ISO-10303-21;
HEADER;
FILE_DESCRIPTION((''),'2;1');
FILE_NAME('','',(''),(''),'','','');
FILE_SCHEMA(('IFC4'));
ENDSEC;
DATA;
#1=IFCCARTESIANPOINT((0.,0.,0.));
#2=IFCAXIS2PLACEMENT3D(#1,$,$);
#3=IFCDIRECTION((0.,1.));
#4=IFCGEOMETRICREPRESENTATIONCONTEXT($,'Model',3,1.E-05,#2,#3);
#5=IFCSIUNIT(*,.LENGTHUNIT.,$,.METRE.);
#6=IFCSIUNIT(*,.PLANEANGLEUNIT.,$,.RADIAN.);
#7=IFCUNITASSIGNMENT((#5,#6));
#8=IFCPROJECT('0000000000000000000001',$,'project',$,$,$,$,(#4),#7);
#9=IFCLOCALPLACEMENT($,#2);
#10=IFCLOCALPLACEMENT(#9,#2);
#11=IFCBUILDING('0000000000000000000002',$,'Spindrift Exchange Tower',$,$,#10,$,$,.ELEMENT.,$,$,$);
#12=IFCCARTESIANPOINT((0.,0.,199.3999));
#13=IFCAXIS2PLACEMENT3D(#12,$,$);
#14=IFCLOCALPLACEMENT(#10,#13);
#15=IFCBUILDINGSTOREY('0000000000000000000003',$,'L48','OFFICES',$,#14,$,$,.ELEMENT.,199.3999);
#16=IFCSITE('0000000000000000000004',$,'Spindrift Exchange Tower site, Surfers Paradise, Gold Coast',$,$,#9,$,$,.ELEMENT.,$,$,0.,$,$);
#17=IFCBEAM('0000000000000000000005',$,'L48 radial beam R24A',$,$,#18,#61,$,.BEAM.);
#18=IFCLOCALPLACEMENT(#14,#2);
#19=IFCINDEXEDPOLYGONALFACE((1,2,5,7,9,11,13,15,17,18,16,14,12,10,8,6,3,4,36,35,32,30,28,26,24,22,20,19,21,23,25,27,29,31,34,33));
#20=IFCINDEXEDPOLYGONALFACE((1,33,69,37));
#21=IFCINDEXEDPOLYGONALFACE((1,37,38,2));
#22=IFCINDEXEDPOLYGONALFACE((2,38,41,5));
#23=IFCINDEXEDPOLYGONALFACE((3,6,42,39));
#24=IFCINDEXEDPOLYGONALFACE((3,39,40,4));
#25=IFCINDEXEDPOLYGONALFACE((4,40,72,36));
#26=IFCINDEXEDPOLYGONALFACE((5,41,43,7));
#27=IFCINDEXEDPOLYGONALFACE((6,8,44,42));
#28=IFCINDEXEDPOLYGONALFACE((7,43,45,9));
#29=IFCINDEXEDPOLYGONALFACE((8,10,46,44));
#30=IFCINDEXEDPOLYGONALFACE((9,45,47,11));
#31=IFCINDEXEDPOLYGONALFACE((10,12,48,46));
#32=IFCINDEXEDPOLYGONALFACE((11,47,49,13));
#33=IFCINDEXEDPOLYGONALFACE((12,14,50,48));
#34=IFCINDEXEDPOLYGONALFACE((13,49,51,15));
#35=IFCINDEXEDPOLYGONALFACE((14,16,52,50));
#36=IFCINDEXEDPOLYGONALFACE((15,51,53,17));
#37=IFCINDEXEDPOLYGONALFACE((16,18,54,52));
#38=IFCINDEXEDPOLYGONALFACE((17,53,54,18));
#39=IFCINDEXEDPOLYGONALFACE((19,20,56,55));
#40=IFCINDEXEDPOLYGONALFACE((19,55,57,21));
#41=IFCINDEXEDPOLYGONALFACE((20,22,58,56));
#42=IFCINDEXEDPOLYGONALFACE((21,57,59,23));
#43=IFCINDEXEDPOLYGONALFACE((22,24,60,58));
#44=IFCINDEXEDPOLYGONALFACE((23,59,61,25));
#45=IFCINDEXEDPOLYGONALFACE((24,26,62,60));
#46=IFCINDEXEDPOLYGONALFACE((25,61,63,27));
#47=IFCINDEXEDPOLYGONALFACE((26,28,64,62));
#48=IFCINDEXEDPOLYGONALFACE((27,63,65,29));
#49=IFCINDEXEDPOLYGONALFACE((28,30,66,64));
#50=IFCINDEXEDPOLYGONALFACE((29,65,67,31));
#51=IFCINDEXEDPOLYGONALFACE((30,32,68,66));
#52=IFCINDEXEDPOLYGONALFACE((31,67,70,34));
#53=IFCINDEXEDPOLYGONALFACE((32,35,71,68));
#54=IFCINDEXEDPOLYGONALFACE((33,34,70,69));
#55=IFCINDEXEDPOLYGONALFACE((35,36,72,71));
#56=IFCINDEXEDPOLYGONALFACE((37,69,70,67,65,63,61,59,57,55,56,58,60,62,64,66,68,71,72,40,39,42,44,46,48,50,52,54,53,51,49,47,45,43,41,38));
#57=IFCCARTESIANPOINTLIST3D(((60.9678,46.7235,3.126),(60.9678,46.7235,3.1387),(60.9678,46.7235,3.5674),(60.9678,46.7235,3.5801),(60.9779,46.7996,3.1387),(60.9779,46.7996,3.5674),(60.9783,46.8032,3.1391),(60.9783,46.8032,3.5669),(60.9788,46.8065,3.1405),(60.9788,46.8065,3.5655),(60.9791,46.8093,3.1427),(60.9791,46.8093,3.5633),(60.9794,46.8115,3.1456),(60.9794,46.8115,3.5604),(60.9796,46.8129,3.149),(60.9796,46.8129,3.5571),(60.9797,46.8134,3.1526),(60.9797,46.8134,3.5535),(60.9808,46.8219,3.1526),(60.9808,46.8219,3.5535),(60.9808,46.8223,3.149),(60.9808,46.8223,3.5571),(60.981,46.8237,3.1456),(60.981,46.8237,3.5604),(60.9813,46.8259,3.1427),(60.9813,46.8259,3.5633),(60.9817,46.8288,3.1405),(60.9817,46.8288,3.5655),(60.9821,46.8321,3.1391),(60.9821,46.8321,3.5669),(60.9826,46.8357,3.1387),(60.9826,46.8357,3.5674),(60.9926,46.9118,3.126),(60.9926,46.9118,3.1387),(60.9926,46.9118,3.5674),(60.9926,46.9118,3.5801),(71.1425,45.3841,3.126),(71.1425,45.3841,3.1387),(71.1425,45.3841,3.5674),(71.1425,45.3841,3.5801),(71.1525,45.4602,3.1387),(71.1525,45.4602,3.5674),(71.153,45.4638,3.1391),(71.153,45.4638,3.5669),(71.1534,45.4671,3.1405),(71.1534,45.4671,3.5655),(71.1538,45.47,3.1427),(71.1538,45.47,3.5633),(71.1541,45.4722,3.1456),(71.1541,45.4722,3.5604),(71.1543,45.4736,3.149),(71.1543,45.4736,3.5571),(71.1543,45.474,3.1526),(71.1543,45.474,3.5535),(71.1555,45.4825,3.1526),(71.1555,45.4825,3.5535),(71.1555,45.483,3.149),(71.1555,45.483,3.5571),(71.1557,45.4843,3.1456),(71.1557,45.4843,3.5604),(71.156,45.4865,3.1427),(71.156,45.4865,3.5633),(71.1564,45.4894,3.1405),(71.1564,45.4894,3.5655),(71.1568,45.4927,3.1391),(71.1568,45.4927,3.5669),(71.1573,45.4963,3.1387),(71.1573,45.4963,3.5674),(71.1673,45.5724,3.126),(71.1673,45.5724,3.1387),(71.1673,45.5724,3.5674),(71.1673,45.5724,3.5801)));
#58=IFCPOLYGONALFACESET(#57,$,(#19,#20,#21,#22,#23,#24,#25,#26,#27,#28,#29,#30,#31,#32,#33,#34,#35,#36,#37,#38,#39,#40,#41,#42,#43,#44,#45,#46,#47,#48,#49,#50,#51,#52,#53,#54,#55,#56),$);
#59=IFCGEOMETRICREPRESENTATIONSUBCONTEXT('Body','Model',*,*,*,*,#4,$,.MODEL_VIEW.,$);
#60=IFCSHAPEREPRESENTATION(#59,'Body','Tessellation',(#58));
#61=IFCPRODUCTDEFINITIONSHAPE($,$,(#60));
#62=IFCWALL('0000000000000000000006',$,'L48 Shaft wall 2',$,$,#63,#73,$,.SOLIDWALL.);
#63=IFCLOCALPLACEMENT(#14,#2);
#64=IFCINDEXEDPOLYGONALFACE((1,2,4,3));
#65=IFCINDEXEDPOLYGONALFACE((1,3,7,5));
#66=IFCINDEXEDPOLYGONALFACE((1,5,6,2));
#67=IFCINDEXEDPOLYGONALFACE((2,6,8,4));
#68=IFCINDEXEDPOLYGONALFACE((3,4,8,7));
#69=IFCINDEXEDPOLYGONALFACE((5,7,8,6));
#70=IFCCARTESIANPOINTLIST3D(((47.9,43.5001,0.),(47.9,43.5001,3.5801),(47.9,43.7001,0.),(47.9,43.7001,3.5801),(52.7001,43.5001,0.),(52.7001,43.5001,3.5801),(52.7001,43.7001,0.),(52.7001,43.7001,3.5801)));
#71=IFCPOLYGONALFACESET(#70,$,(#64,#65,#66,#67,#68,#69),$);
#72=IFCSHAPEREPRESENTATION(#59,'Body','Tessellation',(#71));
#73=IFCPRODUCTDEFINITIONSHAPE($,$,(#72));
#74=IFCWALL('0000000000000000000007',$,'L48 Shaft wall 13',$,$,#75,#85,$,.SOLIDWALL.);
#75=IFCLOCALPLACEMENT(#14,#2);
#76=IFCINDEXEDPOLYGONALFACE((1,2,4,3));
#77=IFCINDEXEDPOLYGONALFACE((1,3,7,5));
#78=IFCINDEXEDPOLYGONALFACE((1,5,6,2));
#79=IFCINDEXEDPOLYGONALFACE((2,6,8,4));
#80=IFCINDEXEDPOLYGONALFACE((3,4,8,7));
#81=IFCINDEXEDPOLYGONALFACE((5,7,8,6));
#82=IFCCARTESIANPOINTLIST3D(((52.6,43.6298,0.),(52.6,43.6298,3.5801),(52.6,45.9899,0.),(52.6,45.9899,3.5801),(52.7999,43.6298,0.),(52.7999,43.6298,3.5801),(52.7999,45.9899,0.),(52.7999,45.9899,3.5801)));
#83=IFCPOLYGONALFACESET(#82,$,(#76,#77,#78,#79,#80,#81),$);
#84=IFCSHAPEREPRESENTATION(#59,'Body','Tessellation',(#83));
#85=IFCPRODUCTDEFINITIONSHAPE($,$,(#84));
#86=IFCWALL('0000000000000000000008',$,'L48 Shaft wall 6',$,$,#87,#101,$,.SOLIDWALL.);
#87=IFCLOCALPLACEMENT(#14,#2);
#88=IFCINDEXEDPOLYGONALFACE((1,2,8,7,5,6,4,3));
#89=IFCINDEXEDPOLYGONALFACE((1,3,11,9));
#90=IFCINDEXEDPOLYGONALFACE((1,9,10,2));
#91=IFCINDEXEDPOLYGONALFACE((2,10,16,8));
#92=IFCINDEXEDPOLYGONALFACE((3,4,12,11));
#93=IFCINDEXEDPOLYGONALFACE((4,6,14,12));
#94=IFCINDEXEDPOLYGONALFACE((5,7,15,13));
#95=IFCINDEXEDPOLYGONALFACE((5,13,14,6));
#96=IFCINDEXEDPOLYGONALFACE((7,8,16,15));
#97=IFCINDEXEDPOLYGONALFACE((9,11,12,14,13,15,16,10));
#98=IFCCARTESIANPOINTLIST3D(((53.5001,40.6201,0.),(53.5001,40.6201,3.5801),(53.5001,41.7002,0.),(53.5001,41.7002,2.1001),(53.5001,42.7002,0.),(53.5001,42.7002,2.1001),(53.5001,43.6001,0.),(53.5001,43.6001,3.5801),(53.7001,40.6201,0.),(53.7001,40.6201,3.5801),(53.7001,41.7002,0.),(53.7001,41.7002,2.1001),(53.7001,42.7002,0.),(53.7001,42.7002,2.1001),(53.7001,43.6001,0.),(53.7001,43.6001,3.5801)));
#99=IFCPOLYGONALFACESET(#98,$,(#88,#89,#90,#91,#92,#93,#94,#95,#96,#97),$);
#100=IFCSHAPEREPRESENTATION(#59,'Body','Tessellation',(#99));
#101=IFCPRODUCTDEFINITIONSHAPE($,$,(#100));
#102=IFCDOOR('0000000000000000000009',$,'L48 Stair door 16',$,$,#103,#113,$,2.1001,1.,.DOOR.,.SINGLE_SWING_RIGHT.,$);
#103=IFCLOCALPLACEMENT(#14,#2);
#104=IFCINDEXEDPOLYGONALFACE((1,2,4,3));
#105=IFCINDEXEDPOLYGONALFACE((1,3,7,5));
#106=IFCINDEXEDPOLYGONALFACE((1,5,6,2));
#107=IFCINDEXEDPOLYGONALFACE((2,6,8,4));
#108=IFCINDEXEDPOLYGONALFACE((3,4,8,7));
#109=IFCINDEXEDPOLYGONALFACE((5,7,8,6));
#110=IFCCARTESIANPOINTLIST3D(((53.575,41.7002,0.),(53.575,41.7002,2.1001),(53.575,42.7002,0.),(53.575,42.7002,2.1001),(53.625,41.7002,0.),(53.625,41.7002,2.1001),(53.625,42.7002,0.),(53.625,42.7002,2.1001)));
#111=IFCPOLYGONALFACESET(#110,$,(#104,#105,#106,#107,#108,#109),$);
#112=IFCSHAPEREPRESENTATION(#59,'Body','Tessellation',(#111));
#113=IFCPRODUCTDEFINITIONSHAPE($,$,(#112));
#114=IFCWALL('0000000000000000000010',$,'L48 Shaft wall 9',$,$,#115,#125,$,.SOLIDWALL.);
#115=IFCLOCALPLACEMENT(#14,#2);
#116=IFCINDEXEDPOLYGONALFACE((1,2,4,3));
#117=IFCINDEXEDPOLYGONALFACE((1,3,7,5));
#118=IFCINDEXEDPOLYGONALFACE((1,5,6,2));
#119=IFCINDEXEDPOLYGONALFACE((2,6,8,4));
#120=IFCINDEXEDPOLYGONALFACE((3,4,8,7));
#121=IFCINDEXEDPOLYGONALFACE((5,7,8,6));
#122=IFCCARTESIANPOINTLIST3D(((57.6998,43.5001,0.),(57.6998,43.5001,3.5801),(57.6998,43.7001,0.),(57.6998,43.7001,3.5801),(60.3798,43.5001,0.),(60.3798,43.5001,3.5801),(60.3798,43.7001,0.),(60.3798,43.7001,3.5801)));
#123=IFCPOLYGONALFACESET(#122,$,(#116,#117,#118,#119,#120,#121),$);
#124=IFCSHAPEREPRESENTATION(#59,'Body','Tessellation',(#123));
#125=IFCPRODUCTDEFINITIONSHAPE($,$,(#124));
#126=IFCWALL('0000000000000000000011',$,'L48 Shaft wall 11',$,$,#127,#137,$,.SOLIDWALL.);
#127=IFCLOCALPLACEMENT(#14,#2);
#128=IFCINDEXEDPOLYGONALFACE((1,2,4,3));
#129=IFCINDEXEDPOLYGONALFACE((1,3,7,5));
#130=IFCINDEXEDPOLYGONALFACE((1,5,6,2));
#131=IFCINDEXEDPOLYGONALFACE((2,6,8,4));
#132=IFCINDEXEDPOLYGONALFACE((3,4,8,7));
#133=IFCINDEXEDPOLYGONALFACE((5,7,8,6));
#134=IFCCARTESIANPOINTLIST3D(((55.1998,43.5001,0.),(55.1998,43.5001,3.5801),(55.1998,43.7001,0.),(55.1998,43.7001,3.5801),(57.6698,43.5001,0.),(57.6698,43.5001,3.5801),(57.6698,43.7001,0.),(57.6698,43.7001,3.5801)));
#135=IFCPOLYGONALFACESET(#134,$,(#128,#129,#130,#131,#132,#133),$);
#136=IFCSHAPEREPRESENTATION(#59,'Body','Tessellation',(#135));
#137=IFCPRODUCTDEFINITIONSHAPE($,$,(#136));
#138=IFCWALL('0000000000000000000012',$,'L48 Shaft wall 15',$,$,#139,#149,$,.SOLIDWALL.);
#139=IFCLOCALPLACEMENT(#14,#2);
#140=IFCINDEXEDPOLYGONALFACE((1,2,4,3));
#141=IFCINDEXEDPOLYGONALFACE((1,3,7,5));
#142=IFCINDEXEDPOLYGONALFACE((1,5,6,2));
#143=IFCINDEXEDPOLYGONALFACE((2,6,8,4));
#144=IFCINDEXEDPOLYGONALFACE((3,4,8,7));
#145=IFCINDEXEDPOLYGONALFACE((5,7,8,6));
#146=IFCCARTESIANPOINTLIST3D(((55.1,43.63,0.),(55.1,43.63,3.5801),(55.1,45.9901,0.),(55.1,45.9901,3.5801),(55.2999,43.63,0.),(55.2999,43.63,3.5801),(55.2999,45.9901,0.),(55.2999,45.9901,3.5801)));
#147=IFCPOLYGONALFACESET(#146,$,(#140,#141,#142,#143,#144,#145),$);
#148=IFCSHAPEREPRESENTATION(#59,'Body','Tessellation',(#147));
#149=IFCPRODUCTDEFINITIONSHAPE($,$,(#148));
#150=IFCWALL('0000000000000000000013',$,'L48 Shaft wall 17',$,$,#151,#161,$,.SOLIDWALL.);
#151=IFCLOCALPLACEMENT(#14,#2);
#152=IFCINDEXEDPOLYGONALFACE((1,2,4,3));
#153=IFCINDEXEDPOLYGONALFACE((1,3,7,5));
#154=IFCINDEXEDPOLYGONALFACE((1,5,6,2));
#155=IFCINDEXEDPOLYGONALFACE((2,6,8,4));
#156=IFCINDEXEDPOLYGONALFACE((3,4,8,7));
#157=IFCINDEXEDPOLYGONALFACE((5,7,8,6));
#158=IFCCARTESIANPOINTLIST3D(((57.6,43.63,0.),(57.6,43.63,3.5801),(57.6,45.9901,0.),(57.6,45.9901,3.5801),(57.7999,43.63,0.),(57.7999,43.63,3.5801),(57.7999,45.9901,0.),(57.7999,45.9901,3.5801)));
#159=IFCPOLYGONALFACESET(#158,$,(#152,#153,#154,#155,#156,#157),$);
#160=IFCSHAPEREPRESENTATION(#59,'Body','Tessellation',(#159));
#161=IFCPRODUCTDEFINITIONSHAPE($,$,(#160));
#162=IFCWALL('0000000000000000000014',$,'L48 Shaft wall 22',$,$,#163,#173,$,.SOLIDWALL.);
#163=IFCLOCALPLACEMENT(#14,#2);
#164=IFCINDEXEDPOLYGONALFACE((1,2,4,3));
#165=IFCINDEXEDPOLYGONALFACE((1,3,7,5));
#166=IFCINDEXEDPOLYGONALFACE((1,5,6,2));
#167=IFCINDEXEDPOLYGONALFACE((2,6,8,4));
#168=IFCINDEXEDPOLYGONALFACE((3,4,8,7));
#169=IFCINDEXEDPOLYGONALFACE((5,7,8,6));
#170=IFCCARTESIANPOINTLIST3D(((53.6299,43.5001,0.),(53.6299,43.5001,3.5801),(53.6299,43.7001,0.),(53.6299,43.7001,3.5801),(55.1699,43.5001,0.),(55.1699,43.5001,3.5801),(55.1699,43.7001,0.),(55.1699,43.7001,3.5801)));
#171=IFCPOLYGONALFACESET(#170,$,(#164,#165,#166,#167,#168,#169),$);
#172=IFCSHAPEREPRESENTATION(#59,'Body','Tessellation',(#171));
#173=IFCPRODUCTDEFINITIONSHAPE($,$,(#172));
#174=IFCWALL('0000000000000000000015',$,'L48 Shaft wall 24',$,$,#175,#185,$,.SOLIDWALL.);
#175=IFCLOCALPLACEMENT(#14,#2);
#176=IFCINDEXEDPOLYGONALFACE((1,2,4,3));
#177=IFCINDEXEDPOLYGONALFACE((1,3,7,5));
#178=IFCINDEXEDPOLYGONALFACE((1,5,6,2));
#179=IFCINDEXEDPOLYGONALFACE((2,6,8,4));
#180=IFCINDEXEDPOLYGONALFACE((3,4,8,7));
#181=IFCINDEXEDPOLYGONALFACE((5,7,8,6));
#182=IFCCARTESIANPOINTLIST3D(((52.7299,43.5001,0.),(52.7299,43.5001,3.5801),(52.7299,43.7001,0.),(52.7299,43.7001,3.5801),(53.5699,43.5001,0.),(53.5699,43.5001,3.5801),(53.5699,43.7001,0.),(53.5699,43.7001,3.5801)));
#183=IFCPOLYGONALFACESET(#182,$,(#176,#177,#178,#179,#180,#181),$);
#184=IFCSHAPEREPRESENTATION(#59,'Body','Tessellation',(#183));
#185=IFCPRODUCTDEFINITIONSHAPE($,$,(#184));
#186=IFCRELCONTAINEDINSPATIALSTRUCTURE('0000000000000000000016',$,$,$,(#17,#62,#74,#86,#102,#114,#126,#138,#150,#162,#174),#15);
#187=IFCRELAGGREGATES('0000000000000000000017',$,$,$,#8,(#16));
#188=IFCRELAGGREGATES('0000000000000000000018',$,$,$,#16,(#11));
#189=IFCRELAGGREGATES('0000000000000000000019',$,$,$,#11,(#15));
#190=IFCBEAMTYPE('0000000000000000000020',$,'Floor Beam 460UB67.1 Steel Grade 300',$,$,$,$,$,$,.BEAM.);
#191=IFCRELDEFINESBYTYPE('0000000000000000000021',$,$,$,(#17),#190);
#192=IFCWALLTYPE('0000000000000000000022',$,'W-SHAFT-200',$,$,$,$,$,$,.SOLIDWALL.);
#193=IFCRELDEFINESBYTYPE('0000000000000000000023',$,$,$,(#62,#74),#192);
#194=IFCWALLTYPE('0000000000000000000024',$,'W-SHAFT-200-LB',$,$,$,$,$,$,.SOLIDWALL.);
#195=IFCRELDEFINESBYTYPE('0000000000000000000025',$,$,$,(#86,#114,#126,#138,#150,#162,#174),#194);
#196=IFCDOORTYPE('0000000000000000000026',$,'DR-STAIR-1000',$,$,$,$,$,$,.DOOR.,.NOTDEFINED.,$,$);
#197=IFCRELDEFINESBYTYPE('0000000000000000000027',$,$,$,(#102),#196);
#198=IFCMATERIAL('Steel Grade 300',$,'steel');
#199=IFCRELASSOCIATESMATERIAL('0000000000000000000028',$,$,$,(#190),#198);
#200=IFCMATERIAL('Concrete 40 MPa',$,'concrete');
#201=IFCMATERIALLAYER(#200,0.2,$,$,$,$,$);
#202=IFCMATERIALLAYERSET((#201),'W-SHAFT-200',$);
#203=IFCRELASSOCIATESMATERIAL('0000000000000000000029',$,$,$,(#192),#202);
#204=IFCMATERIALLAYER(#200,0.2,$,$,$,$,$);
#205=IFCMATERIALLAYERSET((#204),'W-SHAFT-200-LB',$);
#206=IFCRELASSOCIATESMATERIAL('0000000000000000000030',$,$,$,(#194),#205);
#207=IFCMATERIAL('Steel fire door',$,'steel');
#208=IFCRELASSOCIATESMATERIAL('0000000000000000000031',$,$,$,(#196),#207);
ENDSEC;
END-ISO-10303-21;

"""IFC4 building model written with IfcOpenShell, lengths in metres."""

from ifc_helpers import new_model, si_unit, direction, frame, frame_2d, origin, origin_2d, place, context, subcontext, project, spatial, rectangle, i_section, extrude, source, transform, mapped, material, layer, layer_set, material_profile, profile_set, type_object, element, fill, save


model = new_model("IFC4")

# Units and contexts
model_context = context("Model", 3, precision=1e-05, world=origin(), true_north=direction((0.0, 1.0)))
body_context = subcontext(model_context, "Body", "Model", "MODEL_VIEW")
ifc_project = project(units=[si_unit("LENGTHUNIT", "METRE"), si_unit("PLANEANGLEUNIT", "RADIAN")], contexts=[model_context])

# Site, building, storey
site_placement = place(None, origin())
site = spatial("IfcSite", under=ifc_project, at=site_placement, Name="Spindrift Exchange Tower site, Surfers Paradise, Gold Coast", CompositionType="ELEMENT", RefElevation=0.0)
building_placement = place(site_placement, origin())
building = spatial("IfcBuilding", under=site, at=building_placement, Name="Spindrift Exchange Tower", CompositionType="ELEMENT")
storey_placement = place(building_placement, frame((0.0, 0.0, 199.3999)))
storey = spatial("IfcBuildingStorey", under=building, at=storey_placement, Name="L48", Description="OFFICES", CompositionType="ELEMENT", Elevation=199.3999)

# Beam
ifc_material_1 = material(Name="Steel Grade 300", Category="steel")
ifc_material_profile_1 = material_profile(ifc_material_1, i_section(OverallWidth=0.1899, OverallDepth=0.4541, WebThickness=0.0085, FlangeThickness=0.0127, FilletRadius=0.0139, at=origin_2d()), Name="460UB67.1")
ifc_profile_set_1 = profile_set([ifc_material_profile_1], Name="Steel Grade 300")
beam_type_1 = type_object("IfcBeamType", Name="Floor Beam 460UB67.1 Steel Grade 300", PredefinedType="BEAM", material=ifc_profile_set_1)
shared_shape_1 = source(origin(), body_context, "Body", "SweptSolid", [
    extrude(i_section(OverallWidth=0.1899, OverallDepth=0.4541, WebThickness=0.0085, FlangeThickness=0.0127, FilletRadius=0.0139, at=origin_2d()), origin(), (0.0, 0.0, 1.0), 10.2625),
])
beam_1_placement = place(storey_placement, frame((60.9802, 46.8176, 3.353), z_axis=(0.991447, -0.130512, 0.0), x_axis=(0.130512, 0.991447, 0.0)))
element("IfcBeam", 1, at=beam_1_placement, inside=storey, type_object=beam_type_1, Name="L48 radial beam R24A", PredefinedType="BEAM", context=body_context, shape_type="MappedRepresentation", body=[
    mapped(shared_shape_1, transform((0.0, 0.0, 0.0), scale=1.0)),
])

# Walls
ifc_material_2 = material(Name="Concrete 40 MPa", Category="concrete")
ifc_layer_1 = layer(ifc_material_2, 0.2)
ifc_layer_set_1 = layer_set([ifc_layer_1], Name="W-SHAFT-200")
wall_type_1 = type_object("IfcWallType", Name="W-SHAFT-200", PredefinedType="SOLIDWALL", material=ifc_layer_set_1)
wall_1_placement = place(storey_placement, frame((52.7, 43.6001, 0.0), z_axis=(0.0, 0.0, 1.0), x_axis=(-1.0, 0.0, 0.0)))
element("IfcWall", 2, at=wall_1_placement, inside=storey, type_object=wall_type_1, Name="L48 Shaft wall 2", PredefinedType="SOLIDWALL", context=body_context, shape_type="SweptSolid", body=[
    extrude(rectangle(XDim=4.8, YDim=0.2, at=frame_2d((2.3999, 0.0))), origin(), (0.0, 0.0, 1.0), 3.5801),
])
wall_2_placement = place(storey_placement, frame((52.7, 45.99, 0.0), z_axis=(0.0, 0.0, 1.0), x_axis=(0.0, -1.0, 0.0)))
element("IfcWall", 3, at=wall_2_placement, inside=storey, type_object=wall_type_1, Name="L48 Shaft wall 13", PredefinedType="SOLIDWALL", context=body_context, shape_type="SweptSolid", body=[
    extrude(rectangle(XDim=2.3601, YDim=0.2, at=frame_2d((1.1802, 0.0))), origin(), (0.0, 0.0, 1.0), 3.5801),
])

# Wall, opening, door
ifc_layer_2 = layer(ifc_material_2, 0.2)
ifc_layer_set_2 = layer_set([ifc_layer_2], Name="W-SHAFT-200-LB")
wall_type_2 = type_object("IfcWallType", Name="W-SHAFT-200-LB", PredefinedType="SOLIDWALL", material=ifc_layer_set_2)
wall_3_placement = place(storey_placement, frame((53.6001, 43.6001, 0.0), z_axis=(0.0, 0.0, 1.0), x_axis=(0.0, -1.0, 0.0)))
wall_3 = element("IfcWall", 4, at=wall_3_placement, inside=storey, type_object=wall_type_2, Name="L48 Shaft wall 6", PredefinedType="SOLIDWALL", context=body_context, shape_type="SweptSolid", body=[
    extrude(rectangle(XDim=2.98, YDim=0.2, at=frame_2d((1.49, 0.0))), origin(), (0.0, 0.0, 1.0), 3.5801),
])
opening_placement = place(wall_3_placement, frame((0.8999, 0.0, 0.0)))
opening = element("IfcOpeningElement", 5, at=opening_placement, cuts=wall_3, PredefinedType="OPENING", context=body_context, shape_type="SweptSolid", body=[
    extrude(rectangle(XDim=1.0, YDim=2.1001, at=frame_2d((0.5, 1.05))), frame((0.0, 0.1099, 0.0), z_axis=(0.0, -1.0, 0.0), x_axis=(1.0, 0.0, 0.0)), (0.0, 0.0, 1.0), 0.22),
])
ifc_material_3 = material(Name="Steel fire door", Category="steel")
door_type = type_object("IfcDoorType", Name="DR-STAIR-1000", OperationType="NOTDEFINED", PredefinedType="DOOR", material=ifc_material_3)
shared_shape_2 = source(origin(), body_context, "Body", "SweptSolid", [
    extrude(rectangle(XDim=1.0, YDim=2.1001, at=frame_2d((0.5, 1.05))), frame((0.0, 0.0249, 0.0), z_axis=(0.0, -1.0, 0.0), x_axis=(1.0, 0.0, 0.0)), (0.0, 0.0, 1.0), 0.05),
])
door_placement = place(opening_placement, origin())
door = element("IfcDoor", 6, at=door_placement, inside=storey, type_object=door_type, Name="L48 Stair door 16", OperationType="SINGLE_SWING_RIGHT", OverallHeight=2.1001, OverallWidth=1.0, PredefinedType="DOOR", context=body_context, shape_type="MappedRepresentation", body=[
    mapped(shared_shape_2, transform((0.0, 0.0, 0.0), scale=1.0)),
])
fill(opening, door)

# Walls
wall_4_placement = place(storey_placement, frame((57.7, 43.6001, 0.0), z_axis=(0.0, 0.0, 1.0), x_axis=(1.0, 0.0, 0.0)))
element("IfcWall", 7, at=wall_4_placement, inside=storey, type_object=wall_type_2, Name="L48 Shaft wall 9", PredefinedType="SOLIDWALL", context=body_context, shape_type="SweptSolid", body=[
    extrude(rectangle(XDim=2.6799, YDim=0.2, at=frame_2d((1.3398, 0.0))), origin(), (0.0, 0.0, 1.0), 3.5801),
])
wall_5_placement = place(storey_placement, frame((55.2, 43.6001, 0.0), z_axis=(0.0, 0.0, 1.0), x_axis=(1.0, 0.0, 0.0)))
element("IfcWall", 8, at=wall_5_placement, inside=storey, type_object=wall_type_2, Name="L48 Shaft wall 11", PredefinedType="SOLIDWALL", context=body_context, shape_type="SweptSolid", body=[
    extrude(rectangle(XDim=2.47, YDim=0.2, at=frame_2d((1.2349, 0.0))), origin(), (0.0, 0.0, 1.0), 3.5801),
])
for number, where, z_axis, x_axis, name in (
    (9, (55.2, 43.6299, 0.0), (0.0, 0.0, 1.0), (0.0, 1.0, 0.0), "L48 Shaft wall 15"),
    (10, (57.7, 43.6299, 0.0), (0.0, 0.0, 1.0), (0.0, 1.0, 0.0), "L48 Shaft wall 17"),
):
    element("IfcWall", number, at=place(storey_placement, frame(where, z_axis=z_axis, x_axis=x_axis)), inside=storey, type_object=wall_type_2, Name=name, PredefinedType="SOLIDWALL", context=body_context, shape_type="SweptSolid", body=[
        extrude(rectangle(XDim=2.3601, YDim=0.2, at=frame_2d((1.1802, 0.0))), origin(), (0.0, 0.0, 1.0), 3.5801),
    ])
wall_6_placement = place(storey_placement, frame((53.6299, 43.6001, 0.0), z_axis=(0.0, 0.0, 1.0), x_axis=(1.0, 0.0, 0.0)))
element("IfcWall", 11, at=wall_6_placement, inside=storey, type_object=wall_type_2, Name="L48 Shaft wall 22", PredefinedType="SOLIDWALL", context=body_context, shape_type="SweptSolid", body=[
    extrude(rectangle(XDim=1.54, YDim=0.2, at=frame_2d((0.77, 0.0))), origin(), (0.0, 0.0, 1.0), 3.5801),
])
wall_7_placement = place(storey_placement, frame((52.73, 43.6001, 0.0), z_axis=(0.0, 0.0, 1.0), x_axis=(1.0, 0.0, 0.0)))
element("IfcWall", 12, at=wall_7_placement, inside=storey, type_object=wall_type_2, Name="L48 Shaft wall 24", PredefinedType="SOLIDWALL", context=body_context, shape_type="SweptSolid", body=[
    extrude(rectangle(XDim=0.8401, YDim=0.2, at=frame_2d((0.4199, 0.0))), origin(), (0.0, 0.0, 1.0), 3.5801),
])

save(model, "model.ifc")
